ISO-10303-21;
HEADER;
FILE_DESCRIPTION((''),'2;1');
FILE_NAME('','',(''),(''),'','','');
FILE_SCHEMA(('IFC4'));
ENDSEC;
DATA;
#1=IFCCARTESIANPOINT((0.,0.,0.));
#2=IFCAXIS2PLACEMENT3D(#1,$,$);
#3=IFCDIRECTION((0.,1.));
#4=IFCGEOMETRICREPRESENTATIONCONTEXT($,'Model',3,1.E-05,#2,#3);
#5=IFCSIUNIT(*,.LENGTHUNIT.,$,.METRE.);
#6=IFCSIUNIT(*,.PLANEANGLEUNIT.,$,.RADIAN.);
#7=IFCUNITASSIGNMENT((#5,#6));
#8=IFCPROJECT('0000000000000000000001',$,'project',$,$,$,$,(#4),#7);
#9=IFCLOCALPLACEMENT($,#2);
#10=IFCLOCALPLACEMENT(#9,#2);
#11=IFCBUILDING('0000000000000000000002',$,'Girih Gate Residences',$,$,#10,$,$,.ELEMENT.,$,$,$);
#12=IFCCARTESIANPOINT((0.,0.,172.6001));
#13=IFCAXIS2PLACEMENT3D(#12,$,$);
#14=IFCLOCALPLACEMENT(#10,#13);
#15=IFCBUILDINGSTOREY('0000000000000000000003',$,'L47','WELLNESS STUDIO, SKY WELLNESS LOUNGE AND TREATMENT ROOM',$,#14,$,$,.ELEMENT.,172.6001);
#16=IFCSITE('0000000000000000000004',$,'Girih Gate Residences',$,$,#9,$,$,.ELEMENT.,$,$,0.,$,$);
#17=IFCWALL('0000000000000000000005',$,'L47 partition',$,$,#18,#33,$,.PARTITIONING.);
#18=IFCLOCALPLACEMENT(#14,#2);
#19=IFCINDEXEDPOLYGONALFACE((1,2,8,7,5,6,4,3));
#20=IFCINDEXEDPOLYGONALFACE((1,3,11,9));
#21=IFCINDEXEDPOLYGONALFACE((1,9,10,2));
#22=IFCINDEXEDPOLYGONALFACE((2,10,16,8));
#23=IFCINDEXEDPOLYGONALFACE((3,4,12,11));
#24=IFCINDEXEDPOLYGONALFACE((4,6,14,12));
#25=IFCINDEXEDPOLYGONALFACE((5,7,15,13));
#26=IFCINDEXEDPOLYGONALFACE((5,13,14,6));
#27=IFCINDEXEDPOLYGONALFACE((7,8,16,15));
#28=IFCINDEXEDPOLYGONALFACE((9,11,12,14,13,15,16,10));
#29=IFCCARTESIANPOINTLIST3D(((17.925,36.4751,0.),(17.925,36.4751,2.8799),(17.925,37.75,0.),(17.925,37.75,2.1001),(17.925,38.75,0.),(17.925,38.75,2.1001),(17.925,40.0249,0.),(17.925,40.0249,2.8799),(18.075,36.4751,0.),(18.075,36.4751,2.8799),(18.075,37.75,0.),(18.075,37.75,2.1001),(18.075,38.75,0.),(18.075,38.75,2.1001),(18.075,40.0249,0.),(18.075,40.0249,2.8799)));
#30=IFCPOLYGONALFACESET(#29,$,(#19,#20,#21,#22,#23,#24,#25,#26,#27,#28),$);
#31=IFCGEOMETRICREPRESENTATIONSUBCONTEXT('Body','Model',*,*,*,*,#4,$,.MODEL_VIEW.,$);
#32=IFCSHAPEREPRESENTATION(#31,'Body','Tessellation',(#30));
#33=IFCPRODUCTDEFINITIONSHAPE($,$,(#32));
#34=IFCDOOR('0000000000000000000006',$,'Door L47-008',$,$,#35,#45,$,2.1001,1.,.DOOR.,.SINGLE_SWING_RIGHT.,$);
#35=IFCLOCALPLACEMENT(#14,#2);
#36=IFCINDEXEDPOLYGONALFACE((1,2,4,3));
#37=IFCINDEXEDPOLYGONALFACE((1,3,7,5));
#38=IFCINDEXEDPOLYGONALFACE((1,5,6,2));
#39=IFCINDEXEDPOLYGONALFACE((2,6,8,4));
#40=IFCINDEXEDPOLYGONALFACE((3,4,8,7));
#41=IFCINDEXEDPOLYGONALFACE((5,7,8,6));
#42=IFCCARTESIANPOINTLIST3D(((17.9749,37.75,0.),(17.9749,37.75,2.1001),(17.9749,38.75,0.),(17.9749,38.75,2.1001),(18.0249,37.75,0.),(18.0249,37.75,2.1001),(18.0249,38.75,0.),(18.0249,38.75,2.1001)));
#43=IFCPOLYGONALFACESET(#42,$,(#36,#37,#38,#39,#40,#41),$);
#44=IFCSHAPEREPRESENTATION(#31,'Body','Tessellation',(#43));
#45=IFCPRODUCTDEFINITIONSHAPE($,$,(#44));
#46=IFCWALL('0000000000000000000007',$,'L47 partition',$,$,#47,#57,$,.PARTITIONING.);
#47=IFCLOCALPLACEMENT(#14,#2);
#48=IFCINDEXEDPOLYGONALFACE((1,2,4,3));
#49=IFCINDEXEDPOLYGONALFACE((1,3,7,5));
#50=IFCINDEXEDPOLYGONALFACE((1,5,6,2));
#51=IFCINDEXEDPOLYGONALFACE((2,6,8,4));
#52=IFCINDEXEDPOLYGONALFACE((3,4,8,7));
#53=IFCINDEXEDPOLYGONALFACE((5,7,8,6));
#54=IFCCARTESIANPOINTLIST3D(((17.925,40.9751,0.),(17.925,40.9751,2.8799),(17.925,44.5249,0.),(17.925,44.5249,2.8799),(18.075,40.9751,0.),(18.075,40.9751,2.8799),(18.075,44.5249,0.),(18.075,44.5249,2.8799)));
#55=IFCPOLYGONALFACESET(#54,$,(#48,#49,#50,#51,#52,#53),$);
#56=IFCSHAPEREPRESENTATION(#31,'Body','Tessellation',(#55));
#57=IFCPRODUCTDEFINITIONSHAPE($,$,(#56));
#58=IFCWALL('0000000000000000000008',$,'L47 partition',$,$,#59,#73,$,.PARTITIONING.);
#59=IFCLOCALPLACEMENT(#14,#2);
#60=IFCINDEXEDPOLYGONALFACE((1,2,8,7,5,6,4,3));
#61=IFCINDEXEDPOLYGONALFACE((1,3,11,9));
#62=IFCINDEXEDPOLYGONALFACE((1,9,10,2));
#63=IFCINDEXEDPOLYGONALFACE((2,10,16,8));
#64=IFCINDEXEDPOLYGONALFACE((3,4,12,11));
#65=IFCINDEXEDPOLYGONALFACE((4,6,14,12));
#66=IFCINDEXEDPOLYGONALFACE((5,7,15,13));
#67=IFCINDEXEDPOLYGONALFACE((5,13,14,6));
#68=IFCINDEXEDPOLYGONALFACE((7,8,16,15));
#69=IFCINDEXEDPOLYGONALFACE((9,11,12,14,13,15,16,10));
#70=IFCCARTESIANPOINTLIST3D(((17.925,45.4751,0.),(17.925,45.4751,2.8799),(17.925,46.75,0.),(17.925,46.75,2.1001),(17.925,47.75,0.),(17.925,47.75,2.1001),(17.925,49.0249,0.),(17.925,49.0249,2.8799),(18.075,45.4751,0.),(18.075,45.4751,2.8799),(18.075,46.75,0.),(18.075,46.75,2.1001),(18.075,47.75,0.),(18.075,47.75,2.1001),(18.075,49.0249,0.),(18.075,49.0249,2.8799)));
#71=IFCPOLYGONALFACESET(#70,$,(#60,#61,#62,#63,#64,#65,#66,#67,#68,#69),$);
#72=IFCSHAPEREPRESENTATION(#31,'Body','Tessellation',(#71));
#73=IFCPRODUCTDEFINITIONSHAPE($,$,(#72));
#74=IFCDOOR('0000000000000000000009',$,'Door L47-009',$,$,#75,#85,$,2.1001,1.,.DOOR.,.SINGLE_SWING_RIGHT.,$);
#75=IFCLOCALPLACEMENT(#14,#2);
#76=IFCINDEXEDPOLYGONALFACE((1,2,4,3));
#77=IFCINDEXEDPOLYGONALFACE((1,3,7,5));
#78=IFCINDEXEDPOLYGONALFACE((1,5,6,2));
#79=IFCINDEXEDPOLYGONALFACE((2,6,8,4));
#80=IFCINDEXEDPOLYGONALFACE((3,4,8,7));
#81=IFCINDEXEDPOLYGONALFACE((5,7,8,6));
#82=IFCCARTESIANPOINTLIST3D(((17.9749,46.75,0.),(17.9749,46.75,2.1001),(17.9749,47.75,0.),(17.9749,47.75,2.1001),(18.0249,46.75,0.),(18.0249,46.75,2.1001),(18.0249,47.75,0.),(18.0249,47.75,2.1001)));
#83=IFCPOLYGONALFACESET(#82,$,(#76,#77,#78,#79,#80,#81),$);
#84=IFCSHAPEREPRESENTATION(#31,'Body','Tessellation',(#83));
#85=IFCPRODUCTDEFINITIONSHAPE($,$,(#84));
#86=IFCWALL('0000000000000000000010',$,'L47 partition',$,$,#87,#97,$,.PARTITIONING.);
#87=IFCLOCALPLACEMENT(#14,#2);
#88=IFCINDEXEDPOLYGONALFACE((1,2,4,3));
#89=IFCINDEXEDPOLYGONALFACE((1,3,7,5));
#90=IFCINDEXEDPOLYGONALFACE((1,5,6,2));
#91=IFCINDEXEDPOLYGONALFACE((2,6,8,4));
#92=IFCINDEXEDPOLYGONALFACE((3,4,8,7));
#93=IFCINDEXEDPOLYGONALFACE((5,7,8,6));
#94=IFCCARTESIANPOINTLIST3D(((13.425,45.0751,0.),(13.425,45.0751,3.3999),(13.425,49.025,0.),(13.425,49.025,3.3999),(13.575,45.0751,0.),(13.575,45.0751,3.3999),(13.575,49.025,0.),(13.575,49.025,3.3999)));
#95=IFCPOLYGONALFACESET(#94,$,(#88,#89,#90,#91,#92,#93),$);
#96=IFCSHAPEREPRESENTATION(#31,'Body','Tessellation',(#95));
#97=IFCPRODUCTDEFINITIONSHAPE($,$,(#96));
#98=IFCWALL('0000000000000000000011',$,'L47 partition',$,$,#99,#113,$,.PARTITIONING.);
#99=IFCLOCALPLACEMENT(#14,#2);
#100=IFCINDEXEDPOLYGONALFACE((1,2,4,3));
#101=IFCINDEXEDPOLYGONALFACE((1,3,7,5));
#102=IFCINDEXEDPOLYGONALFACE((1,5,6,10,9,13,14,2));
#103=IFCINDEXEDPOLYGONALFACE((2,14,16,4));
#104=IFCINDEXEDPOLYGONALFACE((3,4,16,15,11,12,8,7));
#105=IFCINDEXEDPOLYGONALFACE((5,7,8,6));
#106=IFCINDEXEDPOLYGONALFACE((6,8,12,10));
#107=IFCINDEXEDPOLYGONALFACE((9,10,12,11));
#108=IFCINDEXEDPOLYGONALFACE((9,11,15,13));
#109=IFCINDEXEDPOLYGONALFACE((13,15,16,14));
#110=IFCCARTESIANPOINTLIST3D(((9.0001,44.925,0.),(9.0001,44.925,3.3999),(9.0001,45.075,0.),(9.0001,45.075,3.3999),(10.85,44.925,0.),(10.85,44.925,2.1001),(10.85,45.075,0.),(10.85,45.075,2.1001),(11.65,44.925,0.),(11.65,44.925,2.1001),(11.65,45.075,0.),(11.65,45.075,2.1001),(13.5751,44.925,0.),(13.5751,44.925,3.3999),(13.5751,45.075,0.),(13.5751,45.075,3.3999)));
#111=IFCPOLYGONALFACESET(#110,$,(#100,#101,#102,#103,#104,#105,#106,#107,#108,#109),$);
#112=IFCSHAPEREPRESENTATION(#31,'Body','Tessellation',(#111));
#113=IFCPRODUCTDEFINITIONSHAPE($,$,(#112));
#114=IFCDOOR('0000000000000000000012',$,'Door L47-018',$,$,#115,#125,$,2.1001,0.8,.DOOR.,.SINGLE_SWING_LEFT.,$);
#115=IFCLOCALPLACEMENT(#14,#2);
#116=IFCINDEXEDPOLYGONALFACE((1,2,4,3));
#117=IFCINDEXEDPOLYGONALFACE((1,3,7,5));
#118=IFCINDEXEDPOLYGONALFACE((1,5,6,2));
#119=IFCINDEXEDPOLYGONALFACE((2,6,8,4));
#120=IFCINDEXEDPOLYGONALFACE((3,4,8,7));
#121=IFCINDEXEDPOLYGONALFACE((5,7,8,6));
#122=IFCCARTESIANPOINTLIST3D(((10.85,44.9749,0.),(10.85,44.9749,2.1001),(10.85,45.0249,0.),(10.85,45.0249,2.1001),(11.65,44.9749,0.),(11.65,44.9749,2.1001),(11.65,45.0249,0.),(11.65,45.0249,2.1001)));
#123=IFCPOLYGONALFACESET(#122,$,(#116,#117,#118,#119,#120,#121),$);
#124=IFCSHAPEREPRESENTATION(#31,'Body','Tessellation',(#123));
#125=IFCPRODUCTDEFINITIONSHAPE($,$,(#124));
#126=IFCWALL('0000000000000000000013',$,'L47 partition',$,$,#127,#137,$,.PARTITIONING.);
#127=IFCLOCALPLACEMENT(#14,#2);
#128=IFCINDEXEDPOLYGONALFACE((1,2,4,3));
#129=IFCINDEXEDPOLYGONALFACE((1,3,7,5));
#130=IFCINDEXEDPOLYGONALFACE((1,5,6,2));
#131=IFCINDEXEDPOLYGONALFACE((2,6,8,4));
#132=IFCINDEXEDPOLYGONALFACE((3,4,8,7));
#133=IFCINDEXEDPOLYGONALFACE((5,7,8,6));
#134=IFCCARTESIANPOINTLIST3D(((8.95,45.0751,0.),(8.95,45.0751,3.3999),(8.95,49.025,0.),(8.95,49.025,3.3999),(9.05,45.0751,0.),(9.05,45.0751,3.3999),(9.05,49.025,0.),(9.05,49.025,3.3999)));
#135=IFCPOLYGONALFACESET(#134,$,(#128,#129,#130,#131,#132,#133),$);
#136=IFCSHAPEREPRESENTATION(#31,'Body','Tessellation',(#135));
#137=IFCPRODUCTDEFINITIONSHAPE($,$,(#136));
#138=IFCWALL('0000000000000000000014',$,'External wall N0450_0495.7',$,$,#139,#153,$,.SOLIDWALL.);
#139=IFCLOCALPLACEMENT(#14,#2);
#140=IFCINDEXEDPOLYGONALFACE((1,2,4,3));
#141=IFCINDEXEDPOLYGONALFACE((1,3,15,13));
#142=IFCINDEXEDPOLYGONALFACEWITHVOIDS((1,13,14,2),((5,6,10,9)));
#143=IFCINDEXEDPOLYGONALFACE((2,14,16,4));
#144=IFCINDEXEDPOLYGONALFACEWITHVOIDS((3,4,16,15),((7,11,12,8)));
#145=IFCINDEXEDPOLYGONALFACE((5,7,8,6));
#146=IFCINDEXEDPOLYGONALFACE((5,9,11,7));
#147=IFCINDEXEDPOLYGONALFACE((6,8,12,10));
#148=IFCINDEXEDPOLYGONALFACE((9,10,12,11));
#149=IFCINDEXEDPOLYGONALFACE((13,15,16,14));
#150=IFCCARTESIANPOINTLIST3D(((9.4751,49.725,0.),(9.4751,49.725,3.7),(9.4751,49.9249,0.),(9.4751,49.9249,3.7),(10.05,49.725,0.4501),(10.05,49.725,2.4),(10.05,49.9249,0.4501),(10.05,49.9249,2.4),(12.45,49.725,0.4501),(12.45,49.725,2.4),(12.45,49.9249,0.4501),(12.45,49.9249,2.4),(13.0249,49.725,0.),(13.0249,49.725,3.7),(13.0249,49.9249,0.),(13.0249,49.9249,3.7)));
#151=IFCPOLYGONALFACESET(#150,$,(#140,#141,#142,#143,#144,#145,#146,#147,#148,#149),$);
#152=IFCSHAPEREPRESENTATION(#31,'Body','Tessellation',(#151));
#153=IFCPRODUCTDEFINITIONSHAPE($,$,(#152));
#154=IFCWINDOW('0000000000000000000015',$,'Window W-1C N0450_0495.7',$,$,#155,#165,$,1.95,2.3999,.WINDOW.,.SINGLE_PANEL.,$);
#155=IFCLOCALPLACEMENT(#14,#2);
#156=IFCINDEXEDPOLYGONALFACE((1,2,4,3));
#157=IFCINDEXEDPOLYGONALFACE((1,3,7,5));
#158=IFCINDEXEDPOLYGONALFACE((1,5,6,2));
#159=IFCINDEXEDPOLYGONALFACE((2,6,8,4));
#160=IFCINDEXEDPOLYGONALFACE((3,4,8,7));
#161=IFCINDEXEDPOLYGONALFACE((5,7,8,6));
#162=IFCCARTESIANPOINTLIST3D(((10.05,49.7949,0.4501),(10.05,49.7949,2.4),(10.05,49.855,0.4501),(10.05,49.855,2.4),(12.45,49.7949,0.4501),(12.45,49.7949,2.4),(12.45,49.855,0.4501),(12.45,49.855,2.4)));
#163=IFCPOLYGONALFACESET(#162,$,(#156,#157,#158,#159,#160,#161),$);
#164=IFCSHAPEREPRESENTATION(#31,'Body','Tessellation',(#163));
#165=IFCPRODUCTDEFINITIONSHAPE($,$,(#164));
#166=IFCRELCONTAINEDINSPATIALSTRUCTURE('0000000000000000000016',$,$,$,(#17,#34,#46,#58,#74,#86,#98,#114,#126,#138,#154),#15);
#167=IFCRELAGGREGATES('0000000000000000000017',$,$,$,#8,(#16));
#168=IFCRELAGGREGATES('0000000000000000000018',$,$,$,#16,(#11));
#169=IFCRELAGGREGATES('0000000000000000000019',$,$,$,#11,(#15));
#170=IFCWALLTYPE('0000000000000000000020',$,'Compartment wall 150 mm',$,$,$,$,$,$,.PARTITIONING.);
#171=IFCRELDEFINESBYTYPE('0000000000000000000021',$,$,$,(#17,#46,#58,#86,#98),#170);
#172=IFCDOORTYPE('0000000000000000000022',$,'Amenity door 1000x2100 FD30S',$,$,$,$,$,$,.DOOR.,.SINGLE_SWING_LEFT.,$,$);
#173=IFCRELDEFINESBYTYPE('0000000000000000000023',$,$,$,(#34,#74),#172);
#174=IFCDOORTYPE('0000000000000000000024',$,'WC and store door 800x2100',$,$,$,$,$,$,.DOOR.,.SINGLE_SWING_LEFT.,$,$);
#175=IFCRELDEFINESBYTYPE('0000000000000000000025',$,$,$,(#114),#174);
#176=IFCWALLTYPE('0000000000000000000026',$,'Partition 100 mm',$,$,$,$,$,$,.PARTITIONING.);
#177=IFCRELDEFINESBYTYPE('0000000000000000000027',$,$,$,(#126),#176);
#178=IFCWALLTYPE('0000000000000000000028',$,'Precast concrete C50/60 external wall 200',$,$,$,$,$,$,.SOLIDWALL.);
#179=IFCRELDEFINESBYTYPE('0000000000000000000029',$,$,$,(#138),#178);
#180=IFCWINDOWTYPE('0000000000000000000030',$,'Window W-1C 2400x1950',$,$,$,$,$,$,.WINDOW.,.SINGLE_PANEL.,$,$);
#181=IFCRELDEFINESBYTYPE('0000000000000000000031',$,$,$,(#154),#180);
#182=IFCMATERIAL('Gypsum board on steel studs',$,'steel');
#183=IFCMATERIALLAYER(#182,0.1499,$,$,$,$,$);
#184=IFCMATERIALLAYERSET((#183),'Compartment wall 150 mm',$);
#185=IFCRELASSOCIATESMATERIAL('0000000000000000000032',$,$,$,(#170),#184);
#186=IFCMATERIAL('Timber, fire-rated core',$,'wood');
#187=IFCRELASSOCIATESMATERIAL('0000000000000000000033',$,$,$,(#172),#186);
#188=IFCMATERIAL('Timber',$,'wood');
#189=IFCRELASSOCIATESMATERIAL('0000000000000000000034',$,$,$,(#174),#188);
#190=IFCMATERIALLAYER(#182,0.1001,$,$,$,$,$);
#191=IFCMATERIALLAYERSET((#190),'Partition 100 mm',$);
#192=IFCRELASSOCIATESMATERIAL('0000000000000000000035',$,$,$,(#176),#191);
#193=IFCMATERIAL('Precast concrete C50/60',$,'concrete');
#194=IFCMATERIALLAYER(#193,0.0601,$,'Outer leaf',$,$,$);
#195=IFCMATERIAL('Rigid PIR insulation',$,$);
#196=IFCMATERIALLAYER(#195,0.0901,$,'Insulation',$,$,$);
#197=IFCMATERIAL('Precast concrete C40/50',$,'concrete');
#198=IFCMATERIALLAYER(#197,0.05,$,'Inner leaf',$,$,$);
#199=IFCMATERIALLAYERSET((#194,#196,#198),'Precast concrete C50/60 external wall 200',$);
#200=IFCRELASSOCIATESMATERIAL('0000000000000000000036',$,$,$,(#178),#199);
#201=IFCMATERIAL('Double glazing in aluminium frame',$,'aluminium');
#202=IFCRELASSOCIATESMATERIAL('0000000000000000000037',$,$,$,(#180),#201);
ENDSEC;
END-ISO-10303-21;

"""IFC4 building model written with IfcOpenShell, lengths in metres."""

from ifc_helpers import new_model, si_unit, direction, frame, frame_2d, origin, place, context, subcontext, project, spatial, rectangle, extrude, material, layer, layer_set, type_object, element, fill, save


model = new_model("IFC4")

# Units and contexts
model_context = context("Model", 3, precision=1e-05, world=origin(), true_north=direction((0.0, 1.0)))
body_context = subcontext(model_context, "Body", "Model", "MODEL_VIEW")
ifc_project = project(units=[si_unit("LENGTHUNIT", "METRE"), si_unit("PLANEANGLEUNIT", "RADIAN")], contexts=[model_context])

# Site, building, storey
site_placement = place(None, origin())
site = spatial("IfcSite", under=ifc_project, at=site_placement, Name="Girih Gate Residences", CompositionType="ELEMENT", RefElevation=0.0)
building_placement = place(site_placement, origin())
building = spatial("IfcBuilding", under=site, at=building_placement, Name="Girih Gate Residences", CompositionType="ELEMENT")
storey_placement = place(building_placement, frame((0.0, 0.0, 172.6001)))
storey = spatial("IfcBuildingStorey", under=building, at=storey_placement, Name="L47", Description="WELLNESS STUDIO, SKY WELLNESS LOUNGE AND TREATMENT ROOM", CompositionType="ELEMENT", Elevation=172.6001)

# Wall, opening, door
ifc_material_1 = material(Name="Gypsum board on steel studs", Category="steel")
ifc_layer_1 = layer(ifc_material_1, 0.1499)
ifc_layer_set_1 = layer_set([ifc_layer_1], Name="Compartment wall 150 mm")
wall_type_1 = type_object("IfcWallType", Name="Compartment wall 150 mm", PredefinedType="PARTITIONING", material=ifc_layer_set_1)
wall_1_placement = place(storey_placement, frame((18.0, 40.0249, 0.0), z_axis=(0.0, 0.0, 1.0), x_axis=(0.0, -1.0, 0.0)))
wall_1 = element("IfcWall", 1, at=wall_1_placement, inside=storey, type_object=wall_type_1, Name="L47 partition", PredefinedType="PARTITIONING", context=body_context, shape_type="SweptSolid", body=[
    extrude(rectangle(XDim=3.5498, YDim=0.1499, at=frame_2d((1.7749, 0.0))), origin(), (0.0, 0.0, 1.0), 2.8799),
])
opening_1_placement = place(wall_1_placement, frame((1.2749, 0.0, 0.0)))
opening_1 = element("IfcOpeningElement", 2, at=opening_1_placement, cuts=wall_1, PredefinedType="OPENING", context=body_context, shape_type="SweptSolid", body=[
    extrude(rectangle(XDim=1.0, YDim=2.1001, at=frame_2d((0.5, 1.05))), frame((0.0, 0.085, 0.0), z_axis=(0.0, -1.0, 0.0), x_axis=(1.0, 0.0, 0.0)), (0.0, 0.0, 1.0), 0.1699),
])
ifc_material_2 = material(Name="Timber, fire-rated core", Category="wood")
door_type_1 = type_object("IfcDoorType", Name="Amenity door 1000x2100 FD30S", OperationType="SINGLE_SWING_LEFT", PredefinedType="DOOR", material=ifc_material_2)
door_1_placement = place(opening_1_placement, origin())
door_1 = element("IfcDoor", 3, at=door_1_placement, inside=storey, type_object=door_type_1, Name="Door L47-008", OperationType="SINGLE_SWING_RIGHT", OverallHeight=2.1001, OverallWidth=1.0, PredefinedType="DOOR", context=body_context, shape_type="SweptSolid", body=[
    extrude(rectangle(XDim=1.0, YDim=2.1001, at=frame_2d((0.5, 1.05))), frame((0.0, 0.0249, 0.0), z_axis=(0.0, -1.0, 0.0), x_axis=(1.0, 0.0, 0.0)), (0.0, 0.0, 1.0), 0.05),
])
fill(opening_1, door_1)

# Wall
wall_2_placement = place(storey_placement, frame((18.0, 40.9751, 0.0), z_axis=(0.0, 0.0, 1.0), x_axis=(0.0, 1.0, 0.0)))
element("IfcWall", 4, at=wall_2_placement, inside=storey, type_object=wall_type_1, Name="L47 partition", PredefinedType="PARTITIONING", context=body_context, shape_type="SweptSolid", body=[
    extrude(rectangle(XDim=3.5498, YDim=0.1499, at=frame_2d((1.7749, 0.0))), origin(), (0.0, 0.0, 1.0), 2.8799),
])

# Wall, opening, door
wall_3_placement = place(storey_placement, frame((18.0, 49.0249, 0.0), z_axis=(0.0, 0.0, 1.0), x_axis=(0.0, -1.0, 0.0)))
wall_3 = element("IfcWall", 5, at=wall_3_placement, inside=storey, type_object=wall_type_1, Name="L47 partition", PredefinedType="PARTITIONING", context=body_context, shape_type="SweptSolid", body=[
    extrude(rectangle(XDim=3.5498, YDim=0.1499, at=frame_2d((1.7749, 0.0))), origin(), (0.0, 0.0, 1.0), 2.8799),
])
opening_2_placement = place(wall_3_placement, frame((1.2749, 0.0, 0.0)))
opening_2 = element("IfcOpeningElement", 6, at=opening_2_placement, cuts=wall_3, PredefinedType="OPENING", context=body_context, shape_type="SweptSolid", body=[
    extrude(rectangle(XDim=1.0, YDim=2.1001, at=frame_2d((0.5, 1.05))), frame((0.0, 0.085, 0.0), z_axis=(0.0, -1.0, 0.0), x_axis=(1.0, 0.0, 0.0)), (0.0, 0.0, 1.0), 0.1699),
])
door_2_placement = place(opening_2_placement, origin())
door_2 = element("IfcDoor", 7, at=door_2_placement, inside=storey, type_object=door_type_1, Name="Door L47-009", OperationType="SINGLE_SWING_RIGHT", OverallHeight=2.1001, OverallWidth=1.0, PredefinedType="DOOR", context=body_context, shape_type="SweptSolid", body=[
    extrude(rectangle(XDim=1.0, YDim=2.1001, at=frame_2d((0.5, 1.05))), frame((0.0, 0.0249, 0.0), z_axis=(0.0, -1.0, 0.0), x_axis=(1.0, 0.0, 0.0)), (0.0, 0.0, 1.0), 0.05),
])
fill(opening_2, door_2)

# Wall
wall_4_placement = place(storey_placement, frame((13.5, 45.075, 0.0), z_axis=(0.0, 0.0, 1.0), x_axis=(0.0, 1.0, 0.0)))
element("IfcWall", 8, at=wall_4_placement, inside=storey, type_object=wall_type_1, Name="L47 partition", PredefinedType="PARTITIONING", context=body_context, shape_type="SweptSolid", body=[
    extrude(rectangle(XDim=3.95, YDim=0.1499, at=frame_2d((1.9751, 0.0))), origin(), (0.0, 0.0, 1.0), 3.3999),
])

# Wall, opening, door
wall_5_placement = place(storey_placement, frame((9.0, 45.0, 0.0), z_axis=(0.0, 0.0, 1.0), x_axis=(1.0, 0.0, 0.0)))
wall_5 = element("IfcWall", 9, at=wall_5_placement, inside=storey, type_object=wall_type_1, Name="L47 partition", PredefinedType="PARTITIONING", context=body_context, shape_type="SweptSolid", body=[
    extrude(rectangle(XDim=4.575, YDim=0.1499, at=frame_2d((2.2876, 0.0))), origin(), (0.0, 0.0, 1.0), 3.3999),
])
opening_3_placement = place(wall_5_placement, frame((1.8501, 0.0, 0.0)))
opening_3 = element("IfcOpeningElement", 10, at=opening_3_placement, cuts=wall_5, PredefinedType="OPENING", context=body_context, shape_type="SweptSolid", body=[
    extrude(rectangle(XDim=0.8, YDim=2.1001, at=frame_2d((0.3999, 1.05))), frame((0.0, 0.085, 0.0), z_axis=(0.0, -1.0, 0.0), x_axis=(1.0, 0.0, 0.0)), (0.0, 0.0, 1.0), 0.1699),
])
ifc_material_3 = material(Name="Timber", Category="wood")
door_type_2 = type_object("IfcDoorType", Name="WC and store door 800x2100", OperationType="SINGLE_SWING_LEFT", PredefinedType="DOOR", material=ifc_material_3)
door_3_placement = place(opening_3_placement, origin())
door_3 = element("IfcDoor", 11, at=door_3_placement, inside=storey, type_object=door_type_2, Name="Door L47-018", OperationType="SINGLE_SWING_LEFT", OverallHeight=2.1001, OverallWidth=0.8, PredefinedType="DOOR", context=body_context, shape_type="SweptSolid", body=[
    extrude(rectangle(XDim=0.8, YDim=2.1001, at=frame_2d((0.3999, 1.05))), frame((0.0, 0.0249, 0.0), z_axis=(0.0, -1.0, 0.0), x_axis=(1.0, 0.0, 0.0)), (0.0, 0.0, 1.0), 0.05),
])
fill(opening_3, door_3)

# Wall
ifc_layer_2 = layer(ifc_material_1, 0.1001)
ifc_layer_set_2 = layer_set([ifc_layer_2], Name="Partition 100 mm")
wall_type_2 = type_object("IfcWallType", Name="Partition 100 mm", PredefinedType="PARTITIONING", material=ifc_layer_set_2)
wall_6_placement = place(storey_placement, frame((9.0, 45.075, 0.0), z_axis=(0.0, 0.0, 1.0), x_axis=(0.0, 1.0, 0.0)))
element("IfcWall", 12, at=wall_6_placement, inside=storey, type_object=wall_type_2, Name="L47 partition", PredefinedType="PARTITIONING", context=body_context, shape_type="SweptSolid", body=[
    extrude(rectangle(XDim=3.95, YDim=0.1001, at=frame_2d((1.9751, 0.0))), origin(), (0.0, 0.0, 1.0), 3.3999),
])

# Wall, opening, window
ifc_material_4 = material(Name="Precast concrete C50/60", Category="concrete")
ifc_layer_3 = layer(ifc_material_4, 0.0601, Name="Outer leaf")
ifc_material_5 = material(Name="Rigid PIR insulation")
ifc_layer_4 = layer(ifc_material_5, 0.0901, Name="Insulation")
ifc_material_6 = material(Name="Precast concrete C40/50", Category="concrete")
ifc_layer_5 = layer(ifc_material_6, 0.05, Name="Inner leaf")
ifc_layer_set_3 = layer_set([ifc_layer_3, ifc_layer_4, ifc_layer_5], Name="Precast concrete C50/60 external wall 200")
wall_type_3 = type_object("IfcWallType", Name="Precast concrete C50/60 external wall 200", PredefinedType="SOLIDWALL", material=ifc_layer_set_3)
wall_7_placement = place(storey_placement, frame((9.4751, 49.825, 0.0), z_axis=(0.0, 0.0, 1.0), x_axis=(1.0, 0.0, 0.0)))
wall_7 = element("IfcWall", 13, at=wall_7_placement, inside=storey, type_object=wall_type_3, Name="External wall N0450_0495.7", PredefinedType="SOLIDWALL", context=body_context, shape_type="SweptSolid", body=[
    extrude(rectangle(XDim=3.5498, YDim=0.2, at=frame_2d((1.7749, 0.0))), origin(), (0.0, 0.0, 1.0), 3.7),
])
opening_4_placement = place(wall_7_placement, frame((0.575, 0.0, 0.45)))
opening_4 = element("IfcOpeningElement", 14, at=opening_4_placement, cuts=wall_7, PredefinedType="OPENING", context=body_context, shape_type="SweptSolid", body=[
    extrude(rectangle(XDim=2.3999, YDim=1.95, at=frame_2d((1.2, 0.9751))), frame((0.0, 0.1099, 0.0), z_axis=(0.0, -1.0, 0.0), x_axis=(1.0, 0.0, 0.0)), (0.0, 0.0, 1.0), 0.22),
])
ifc_material_7 = material(Name="Double glazing in aluminium frame", Category="aluminium")
window_type = type_object("IfcWindowType", Name="Window W-1C 2400x1950", PartitioningType="SINGLE_PANEL", PredefinedType="WINDOW", material=ifc_material_7)
window_placement = place(opening_4_placement, origin())
window = element("IfcWindow", 15, at=window_placement, inside=storey, type_object=window_type, Name="Window W-1C N0450_0495.7", OverallHeight=1.95, OverallWidth=2.3999, PartitioningType="SINGLE_PANEL", PredefinedType="WINDOW", context=body_context, shape_type="SweptSolid", body=[
    extrude(rectangle(XDim=2.3999, YDim=1.95, at=frame_2d((1.2, 0.9751))), frame((0.0, 0.03, 0.0), z_axis=(0.0, -1.0, 0.0), x_axis=(1.0, 0.0, 0.0)), (0.0, 0.0, 1.0), 0.0601),
])
fill(opening_4, window)

save(model, "model.ifc")
